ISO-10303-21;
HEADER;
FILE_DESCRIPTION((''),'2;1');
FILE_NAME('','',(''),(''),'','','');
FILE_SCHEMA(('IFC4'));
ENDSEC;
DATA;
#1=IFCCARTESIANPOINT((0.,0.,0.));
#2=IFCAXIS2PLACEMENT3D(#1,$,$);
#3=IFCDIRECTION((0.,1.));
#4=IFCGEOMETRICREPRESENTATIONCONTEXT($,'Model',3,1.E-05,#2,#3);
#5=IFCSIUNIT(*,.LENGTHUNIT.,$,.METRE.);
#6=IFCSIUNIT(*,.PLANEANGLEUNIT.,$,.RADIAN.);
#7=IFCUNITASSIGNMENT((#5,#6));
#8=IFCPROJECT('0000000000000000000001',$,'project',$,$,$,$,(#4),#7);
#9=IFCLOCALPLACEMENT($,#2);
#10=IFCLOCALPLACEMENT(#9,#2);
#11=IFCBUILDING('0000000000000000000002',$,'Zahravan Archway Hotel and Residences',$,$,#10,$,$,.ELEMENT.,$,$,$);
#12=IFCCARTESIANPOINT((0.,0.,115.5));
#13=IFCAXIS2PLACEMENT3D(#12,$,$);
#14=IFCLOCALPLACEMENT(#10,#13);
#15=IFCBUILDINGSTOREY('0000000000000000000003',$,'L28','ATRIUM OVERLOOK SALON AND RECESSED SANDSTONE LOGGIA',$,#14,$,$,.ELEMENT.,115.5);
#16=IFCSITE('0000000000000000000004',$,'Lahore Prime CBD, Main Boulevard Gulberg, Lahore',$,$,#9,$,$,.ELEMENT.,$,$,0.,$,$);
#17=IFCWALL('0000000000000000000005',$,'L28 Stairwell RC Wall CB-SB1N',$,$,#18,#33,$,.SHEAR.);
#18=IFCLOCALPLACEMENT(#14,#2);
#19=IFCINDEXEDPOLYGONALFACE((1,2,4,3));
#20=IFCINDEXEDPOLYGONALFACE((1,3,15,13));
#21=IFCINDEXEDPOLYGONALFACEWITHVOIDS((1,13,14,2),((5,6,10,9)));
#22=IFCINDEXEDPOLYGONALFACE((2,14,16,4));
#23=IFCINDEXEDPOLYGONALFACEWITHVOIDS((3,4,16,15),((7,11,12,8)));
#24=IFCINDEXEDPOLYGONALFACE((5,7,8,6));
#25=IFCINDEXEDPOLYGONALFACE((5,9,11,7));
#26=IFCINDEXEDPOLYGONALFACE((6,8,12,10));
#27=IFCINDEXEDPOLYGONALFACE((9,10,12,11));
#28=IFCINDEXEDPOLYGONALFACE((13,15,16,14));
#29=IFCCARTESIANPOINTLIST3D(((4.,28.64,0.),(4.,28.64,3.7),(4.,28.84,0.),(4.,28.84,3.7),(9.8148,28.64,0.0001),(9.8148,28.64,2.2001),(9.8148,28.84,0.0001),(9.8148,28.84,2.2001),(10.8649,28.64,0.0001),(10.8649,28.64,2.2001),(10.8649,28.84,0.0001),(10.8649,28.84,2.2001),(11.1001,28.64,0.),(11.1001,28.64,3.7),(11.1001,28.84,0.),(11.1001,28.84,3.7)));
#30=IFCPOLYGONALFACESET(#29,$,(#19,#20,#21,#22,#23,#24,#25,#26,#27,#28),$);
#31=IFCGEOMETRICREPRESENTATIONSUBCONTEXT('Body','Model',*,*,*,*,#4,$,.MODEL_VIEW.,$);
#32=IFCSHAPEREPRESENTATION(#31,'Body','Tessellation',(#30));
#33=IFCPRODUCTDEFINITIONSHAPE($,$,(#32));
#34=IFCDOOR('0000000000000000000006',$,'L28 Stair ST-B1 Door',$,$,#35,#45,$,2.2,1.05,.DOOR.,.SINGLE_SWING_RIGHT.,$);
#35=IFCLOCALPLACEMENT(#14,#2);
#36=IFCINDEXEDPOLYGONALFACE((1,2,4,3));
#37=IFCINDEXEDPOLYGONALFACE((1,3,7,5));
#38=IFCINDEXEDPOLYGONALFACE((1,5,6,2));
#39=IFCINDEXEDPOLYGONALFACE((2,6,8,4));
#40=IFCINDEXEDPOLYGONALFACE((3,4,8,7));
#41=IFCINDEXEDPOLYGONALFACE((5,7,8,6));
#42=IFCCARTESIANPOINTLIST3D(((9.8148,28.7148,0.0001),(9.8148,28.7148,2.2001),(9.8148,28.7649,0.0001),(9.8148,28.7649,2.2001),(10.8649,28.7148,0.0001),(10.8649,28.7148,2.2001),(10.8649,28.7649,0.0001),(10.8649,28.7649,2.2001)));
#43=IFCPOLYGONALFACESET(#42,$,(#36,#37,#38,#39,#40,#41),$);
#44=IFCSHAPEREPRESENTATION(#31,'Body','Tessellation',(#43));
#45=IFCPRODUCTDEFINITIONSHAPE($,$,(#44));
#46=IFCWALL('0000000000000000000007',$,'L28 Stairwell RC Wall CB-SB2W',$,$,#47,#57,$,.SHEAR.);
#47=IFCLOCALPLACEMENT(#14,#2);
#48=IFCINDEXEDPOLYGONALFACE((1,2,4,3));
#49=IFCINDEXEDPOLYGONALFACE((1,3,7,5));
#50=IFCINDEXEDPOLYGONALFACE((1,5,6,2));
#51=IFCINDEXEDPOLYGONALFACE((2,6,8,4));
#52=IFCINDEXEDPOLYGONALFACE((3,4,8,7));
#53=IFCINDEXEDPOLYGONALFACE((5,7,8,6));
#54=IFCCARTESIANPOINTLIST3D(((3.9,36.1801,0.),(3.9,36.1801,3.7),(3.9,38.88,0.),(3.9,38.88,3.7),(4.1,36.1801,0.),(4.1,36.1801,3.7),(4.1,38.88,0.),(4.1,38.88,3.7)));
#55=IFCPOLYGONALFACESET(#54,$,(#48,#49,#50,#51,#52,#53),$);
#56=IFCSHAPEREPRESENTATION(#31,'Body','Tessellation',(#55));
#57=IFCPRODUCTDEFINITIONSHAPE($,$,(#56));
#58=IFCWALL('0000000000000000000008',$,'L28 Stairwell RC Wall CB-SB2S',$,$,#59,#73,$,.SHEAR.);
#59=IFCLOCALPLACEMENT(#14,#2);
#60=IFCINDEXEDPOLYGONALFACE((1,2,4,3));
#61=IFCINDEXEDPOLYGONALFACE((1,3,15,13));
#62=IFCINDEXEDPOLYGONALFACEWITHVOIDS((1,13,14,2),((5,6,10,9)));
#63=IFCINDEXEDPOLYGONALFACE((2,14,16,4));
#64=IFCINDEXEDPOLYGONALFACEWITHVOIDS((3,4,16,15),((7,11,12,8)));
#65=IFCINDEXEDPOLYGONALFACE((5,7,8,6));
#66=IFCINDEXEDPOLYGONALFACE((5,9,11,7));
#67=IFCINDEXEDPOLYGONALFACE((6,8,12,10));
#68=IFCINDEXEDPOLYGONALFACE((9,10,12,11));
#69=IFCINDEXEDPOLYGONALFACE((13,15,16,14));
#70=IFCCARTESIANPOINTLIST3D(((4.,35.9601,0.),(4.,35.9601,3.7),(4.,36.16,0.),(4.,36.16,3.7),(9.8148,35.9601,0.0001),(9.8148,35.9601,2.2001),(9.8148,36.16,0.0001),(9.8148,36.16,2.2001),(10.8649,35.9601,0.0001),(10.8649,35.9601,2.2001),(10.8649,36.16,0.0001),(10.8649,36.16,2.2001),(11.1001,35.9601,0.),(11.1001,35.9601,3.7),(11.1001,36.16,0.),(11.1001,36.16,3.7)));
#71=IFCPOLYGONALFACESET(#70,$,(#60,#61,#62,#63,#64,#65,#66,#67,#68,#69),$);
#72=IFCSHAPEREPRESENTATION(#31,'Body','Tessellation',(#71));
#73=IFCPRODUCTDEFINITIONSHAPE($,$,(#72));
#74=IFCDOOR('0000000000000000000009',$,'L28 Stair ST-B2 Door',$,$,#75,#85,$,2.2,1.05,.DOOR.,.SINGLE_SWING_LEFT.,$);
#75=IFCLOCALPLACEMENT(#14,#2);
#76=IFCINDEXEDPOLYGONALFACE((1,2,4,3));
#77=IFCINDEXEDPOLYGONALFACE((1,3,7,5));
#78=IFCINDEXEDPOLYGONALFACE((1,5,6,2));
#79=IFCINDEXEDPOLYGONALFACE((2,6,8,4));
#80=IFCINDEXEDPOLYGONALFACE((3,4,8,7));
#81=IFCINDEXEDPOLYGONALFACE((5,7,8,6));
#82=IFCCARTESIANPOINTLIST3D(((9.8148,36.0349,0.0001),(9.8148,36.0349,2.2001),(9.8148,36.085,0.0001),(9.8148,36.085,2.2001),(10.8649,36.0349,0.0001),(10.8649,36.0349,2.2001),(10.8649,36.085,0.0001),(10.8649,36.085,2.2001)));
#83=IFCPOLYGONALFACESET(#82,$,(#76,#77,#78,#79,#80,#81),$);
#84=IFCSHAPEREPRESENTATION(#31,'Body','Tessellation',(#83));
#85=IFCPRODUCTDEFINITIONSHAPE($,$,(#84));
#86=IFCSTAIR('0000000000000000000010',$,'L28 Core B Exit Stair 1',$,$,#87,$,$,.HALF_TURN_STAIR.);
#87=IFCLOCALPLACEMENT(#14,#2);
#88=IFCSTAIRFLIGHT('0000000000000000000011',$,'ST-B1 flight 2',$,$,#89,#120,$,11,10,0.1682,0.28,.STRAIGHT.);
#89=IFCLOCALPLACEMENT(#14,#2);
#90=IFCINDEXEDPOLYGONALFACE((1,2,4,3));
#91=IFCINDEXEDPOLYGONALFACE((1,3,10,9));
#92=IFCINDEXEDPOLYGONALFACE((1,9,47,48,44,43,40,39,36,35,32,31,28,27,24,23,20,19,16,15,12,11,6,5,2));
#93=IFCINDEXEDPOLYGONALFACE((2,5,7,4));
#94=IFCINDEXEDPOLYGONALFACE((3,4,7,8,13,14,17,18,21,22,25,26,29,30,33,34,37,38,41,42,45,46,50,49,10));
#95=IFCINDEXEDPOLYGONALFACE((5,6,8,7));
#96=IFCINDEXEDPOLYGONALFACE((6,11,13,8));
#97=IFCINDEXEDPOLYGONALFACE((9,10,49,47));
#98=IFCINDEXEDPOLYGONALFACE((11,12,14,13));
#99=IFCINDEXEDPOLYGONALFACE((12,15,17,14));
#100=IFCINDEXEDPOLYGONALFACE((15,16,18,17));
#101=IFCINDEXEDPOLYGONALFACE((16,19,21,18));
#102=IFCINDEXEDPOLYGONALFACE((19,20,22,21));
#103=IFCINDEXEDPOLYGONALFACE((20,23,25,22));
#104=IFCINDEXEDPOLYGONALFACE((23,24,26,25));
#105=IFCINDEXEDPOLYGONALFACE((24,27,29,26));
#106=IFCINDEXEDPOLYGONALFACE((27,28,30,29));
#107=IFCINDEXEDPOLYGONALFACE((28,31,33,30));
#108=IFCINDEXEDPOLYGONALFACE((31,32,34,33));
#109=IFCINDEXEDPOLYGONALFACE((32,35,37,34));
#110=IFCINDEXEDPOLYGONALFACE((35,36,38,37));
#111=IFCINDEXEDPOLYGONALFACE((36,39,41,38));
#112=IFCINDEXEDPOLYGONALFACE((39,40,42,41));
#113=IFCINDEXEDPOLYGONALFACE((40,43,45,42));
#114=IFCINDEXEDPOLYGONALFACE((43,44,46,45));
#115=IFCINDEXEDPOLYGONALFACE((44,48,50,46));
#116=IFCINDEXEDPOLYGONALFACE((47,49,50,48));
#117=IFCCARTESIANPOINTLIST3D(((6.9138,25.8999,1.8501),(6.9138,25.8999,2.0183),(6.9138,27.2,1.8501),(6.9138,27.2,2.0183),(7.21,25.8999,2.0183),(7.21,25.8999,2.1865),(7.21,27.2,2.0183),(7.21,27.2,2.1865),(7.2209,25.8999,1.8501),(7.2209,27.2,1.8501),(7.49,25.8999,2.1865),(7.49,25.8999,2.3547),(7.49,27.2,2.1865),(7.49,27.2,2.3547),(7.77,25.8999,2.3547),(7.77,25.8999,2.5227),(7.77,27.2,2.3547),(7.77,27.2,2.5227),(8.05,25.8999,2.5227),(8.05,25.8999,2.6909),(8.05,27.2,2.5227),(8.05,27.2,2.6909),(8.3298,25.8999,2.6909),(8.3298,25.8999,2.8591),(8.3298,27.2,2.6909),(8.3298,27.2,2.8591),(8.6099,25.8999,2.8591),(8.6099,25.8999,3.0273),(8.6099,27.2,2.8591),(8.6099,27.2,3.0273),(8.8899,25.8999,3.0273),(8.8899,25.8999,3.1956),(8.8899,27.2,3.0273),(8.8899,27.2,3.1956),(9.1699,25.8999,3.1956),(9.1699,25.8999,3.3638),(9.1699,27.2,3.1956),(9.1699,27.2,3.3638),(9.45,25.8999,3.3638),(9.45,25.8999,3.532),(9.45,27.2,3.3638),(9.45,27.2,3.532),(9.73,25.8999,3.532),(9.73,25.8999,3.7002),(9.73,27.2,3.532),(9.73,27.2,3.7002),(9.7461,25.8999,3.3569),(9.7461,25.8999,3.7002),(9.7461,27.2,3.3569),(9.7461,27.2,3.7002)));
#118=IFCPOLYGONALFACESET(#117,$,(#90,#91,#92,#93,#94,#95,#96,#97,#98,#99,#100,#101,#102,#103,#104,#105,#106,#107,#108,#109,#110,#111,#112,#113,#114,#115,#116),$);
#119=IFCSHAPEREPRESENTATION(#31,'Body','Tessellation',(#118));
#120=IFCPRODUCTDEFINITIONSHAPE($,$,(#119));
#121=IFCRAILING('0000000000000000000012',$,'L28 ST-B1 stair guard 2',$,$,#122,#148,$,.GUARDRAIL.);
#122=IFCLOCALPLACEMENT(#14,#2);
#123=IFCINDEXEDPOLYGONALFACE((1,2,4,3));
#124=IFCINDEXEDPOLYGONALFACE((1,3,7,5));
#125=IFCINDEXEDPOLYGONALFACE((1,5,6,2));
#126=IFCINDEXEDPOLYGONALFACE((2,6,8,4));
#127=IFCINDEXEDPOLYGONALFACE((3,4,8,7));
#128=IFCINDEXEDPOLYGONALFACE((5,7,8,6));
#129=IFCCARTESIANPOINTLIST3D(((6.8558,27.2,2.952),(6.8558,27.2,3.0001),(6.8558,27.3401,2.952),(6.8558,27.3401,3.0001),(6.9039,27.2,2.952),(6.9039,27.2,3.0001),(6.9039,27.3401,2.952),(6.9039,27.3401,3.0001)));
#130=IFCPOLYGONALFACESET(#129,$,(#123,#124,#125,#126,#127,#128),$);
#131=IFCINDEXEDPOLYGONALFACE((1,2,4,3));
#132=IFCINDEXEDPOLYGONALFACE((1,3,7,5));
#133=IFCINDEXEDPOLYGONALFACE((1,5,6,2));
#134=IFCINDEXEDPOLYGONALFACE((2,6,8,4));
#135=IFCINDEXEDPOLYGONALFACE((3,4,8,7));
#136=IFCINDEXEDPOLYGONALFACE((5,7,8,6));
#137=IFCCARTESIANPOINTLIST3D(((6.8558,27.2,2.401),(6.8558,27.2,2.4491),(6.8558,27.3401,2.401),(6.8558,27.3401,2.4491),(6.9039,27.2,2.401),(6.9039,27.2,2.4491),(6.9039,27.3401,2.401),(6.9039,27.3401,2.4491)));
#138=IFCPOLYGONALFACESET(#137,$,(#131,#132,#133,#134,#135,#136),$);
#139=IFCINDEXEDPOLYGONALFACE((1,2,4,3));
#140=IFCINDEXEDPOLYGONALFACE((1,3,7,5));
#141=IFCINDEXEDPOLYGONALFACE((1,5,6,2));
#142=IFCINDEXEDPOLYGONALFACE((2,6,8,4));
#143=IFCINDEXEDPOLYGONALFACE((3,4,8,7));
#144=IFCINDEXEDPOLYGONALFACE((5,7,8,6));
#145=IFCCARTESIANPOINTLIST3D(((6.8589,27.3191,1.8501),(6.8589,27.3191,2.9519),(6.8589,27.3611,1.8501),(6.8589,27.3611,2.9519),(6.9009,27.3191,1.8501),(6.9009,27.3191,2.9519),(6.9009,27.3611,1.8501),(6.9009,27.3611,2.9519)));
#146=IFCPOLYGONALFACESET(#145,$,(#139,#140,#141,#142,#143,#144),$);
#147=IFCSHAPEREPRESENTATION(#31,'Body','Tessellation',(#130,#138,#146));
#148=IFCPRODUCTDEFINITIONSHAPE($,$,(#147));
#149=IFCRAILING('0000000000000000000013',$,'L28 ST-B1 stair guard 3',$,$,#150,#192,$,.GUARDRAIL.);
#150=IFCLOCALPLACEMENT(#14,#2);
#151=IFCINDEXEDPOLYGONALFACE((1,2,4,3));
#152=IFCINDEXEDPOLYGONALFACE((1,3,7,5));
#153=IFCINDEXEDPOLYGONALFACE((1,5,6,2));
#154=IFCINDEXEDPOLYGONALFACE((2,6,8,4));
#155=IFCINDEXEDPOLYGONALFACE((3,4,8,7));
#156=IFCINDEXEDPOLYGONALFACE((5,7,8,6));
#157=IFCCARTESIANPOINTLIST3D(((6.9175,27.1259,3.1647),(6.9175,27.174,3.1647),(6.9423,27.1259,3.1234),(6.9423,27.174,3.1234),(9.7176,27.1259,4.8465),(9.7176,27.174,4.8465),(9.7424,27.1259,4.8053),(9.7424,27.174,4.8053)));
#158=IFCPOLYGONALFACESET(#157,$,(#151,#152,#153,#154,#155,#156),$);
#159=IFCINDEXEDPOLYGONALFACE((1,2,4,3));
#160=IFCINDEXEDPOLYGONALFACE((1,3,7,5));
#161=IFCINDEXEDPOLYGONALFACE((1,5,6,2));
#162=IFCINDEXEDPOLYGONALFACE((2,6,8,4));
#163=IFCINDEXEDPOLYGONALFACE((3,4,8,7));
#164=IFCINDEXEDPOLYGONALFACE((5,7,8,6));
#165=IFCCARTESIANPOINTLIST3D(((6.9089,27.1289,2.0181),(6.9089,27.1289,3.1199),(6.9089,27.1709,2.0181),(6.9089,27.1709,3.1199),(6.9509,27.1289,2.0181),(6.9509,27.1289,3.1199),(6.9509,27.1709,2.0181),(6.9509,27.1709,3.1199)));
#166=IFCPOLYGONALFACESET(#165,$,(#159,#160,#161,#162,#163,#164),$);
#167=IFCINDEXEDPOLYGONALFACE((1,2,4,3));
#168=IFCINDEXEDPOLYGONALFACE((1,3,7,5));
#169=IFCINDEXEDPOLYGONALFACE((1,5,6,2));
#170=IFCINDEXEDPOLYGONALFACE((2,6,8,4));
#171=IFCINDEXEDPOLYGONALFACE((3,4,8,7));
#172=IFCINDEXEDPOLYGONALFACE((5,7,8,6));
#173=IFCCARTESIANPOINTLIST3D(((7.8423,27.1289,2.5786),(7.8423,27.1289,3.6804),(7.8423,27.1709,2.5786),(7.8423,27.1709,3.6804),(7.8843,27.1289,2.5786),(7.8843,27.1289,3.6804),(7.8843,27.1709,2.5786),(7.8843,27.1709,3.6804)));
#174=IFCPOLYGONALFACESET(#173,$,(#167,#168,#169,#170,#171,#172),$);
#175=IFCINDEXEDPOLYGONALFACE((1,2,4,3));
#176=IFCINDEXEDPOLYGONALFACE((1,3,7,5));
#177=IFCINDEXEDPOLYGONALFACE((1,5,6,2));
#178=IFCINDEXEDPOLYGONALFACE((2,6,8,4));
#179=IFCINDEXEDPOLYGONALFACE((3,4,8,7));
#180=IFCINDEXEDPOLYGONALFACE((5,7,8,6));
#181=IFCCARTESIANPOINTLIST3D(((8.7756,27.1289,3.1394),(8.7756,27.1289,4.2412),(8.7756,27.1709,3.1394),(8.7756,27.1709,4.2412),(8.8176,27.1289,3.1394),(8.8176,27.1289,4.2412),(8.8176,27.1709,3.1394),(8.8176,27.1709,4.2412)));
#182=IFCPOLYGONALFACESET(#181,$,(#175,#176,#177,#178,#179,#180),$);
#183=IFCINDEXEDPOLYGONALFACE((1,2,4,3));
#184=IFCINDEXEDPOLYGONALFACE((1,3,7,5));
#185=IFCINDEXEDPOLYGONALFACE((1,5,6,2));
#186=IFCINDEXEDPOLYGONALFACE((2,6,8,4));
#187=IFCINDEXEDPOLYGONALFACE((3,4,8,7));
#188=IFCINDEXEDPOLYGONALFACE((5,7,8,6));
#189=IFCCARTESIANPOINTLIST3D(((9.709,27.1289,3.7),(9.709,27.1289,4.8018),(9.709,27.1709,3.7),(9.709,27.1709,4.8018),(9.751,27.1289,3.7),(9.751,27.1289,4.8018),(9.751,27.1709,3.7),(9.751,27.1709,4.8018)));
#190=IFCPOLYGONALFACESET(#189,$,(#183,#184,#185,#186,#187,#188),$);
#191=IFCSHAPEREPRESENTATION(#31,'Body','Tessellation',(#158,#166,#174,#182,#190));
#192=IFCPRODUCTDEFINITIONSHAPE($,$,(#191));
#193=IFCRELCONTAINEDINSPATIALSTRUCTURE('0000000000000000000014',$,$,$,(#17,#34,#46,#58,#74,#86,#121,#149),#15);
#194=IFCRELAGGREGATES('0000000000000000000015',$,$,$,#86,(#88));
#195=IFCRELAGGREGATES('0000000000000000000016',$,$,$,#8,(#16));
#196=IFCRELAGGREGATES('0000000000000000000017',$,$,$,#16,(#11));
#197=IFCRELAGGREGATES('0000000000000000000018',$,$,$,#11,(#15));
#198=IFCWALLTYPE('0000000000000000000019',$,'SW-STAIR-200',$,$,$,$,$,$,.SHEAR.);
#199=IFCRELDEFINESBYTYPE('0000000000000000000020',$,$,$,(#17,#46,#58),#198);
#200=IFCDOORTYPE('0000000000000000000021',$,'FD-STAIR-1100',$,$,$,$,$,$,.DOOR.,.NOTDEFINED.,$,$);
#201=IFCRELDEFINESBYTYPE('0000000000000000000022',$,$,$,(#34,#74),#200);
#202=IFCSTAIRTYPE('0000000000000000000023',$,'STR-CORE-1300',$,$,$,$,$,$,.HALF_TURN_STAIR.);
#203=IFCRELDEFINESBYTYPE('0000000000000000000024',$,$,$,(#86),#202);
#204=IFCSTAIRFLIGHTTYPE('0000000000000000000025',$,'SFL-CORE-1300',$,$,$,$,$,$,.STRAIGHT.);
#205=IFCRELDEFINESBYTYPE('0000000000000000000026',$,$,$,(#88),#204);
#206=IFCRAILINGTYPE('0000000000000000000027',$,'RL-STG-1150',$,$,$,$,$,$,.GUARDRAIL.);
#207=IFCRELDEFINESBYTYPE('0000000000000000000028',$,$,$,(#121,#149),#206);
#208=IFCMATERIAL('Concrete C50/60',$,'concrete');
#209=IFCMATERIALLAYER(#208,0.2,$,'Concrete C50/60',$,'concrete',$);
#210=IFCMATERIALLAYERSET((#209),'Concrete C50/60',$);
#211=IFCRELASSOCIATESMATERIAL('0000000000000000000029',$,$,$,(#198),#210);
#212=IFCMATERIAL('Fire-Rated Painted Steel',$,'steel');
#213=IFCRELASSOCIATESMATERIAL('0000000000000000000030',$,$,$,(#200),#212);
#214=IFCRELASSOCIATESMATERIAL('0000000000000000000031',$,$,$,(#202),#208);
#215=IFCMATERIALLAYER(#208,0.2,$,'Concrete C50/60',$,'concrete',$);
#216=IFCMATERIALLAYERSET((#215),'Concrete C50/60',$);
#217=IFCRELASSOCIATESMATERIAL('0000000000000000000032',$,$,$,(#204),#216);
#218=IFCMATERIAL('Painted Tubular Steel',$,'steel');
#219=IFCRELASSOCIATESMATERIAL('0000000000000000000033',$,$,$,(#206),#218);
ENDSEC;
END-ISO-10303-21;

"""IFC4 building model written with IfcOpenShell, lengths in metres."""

from ifc_helpers import new_model, si_unit, direction, frame, frame_2d, origin, origin_2d, place, context, subcontext, project, spatial, polyline, rectangle, outline, extrude, source, transform, mapped, material, layer, layer_set, type_object, type_shapes, element, fill, aggregate, save


model = new_model("IFC4")

# Units and contexts
model_context = context("Model", 3, precision=1e-05, world=origin(), true_north=direction((0.0, 1.0)))
body_context = subcontext(model_context, "Body", "Model", "MODEL_VIEW")
ifc_project = project(units=[si_unit("LENGTHUNIT", "METRE"), si_unit("PLANEANGLEUNIT", "RADIAN")], contexts=[model_context])

# Site, building, storey
site_placement = place(None, origin())
site = spatial("IfcSite", under=ifc_project, at=site_placement, Name="Lahore Prime CBD, Main Boulevard Gulberg, Lahore", CompositionType="ELEMENT", RefElevation=0.0)
building_placement = place(site_placement, origin())
building = spatial("IfcBuilding", under=site, at=building_placement, Name="Zahravan Archway Hotel and Residences", CompositionType="ELEMENT")
storey_placement = place(building_placement, frame((0.0, 0.0, 115.5)))
storey = spatial("IfcBuildingStorey", under=building, at=storey_placement, Name="L28", Description="ATRIUM OVERLOOK SALON AND RECESSED SANDSTONE LOGGIA", CompositionType="ELEMENT", Elevation=115.5)

# Shared definitions
ifc_material_1 = material(Name="Fire-Rated Painted Steel", Category="steel")

# Shared definitions
ifc_material_2 = material(Name="Concrete C50/60", Category="concrete")
ifc_layer_1 = layer(ifc_material_2, 0.2, Name="Concrete C50/60", Category="concrete")
ifc_layer_set_1 = layer_set([ifc_layer_1], Name="Concrete C50/60")
wall_type_1 = type_object("IfcWallType", Name="SW-STAIR-200", PredefinedType="SHEAR", material=ifc_layer_set_1)

# Wall, opening, door
wall_1_placement = place(storey_placement, frame((4.0, 28.74, 0.0), z_axis=(0.0, 0.0, 1.0), x_axis=(1.0, 0.0, 0.0)))
wall_1 = element("IfcWall", 1, at=wall_1_placement, inside=storey, type_object=wall_type_1, Name="L28 Stairwell RC Wall CB-SB1N", PredefinedType="SHEAR", context=body_context, shape_type="SweptSolid", body=[
    extrude(rectangle(XDim=7.1001, YDim=0.2, at=frame_2d((3.55, 0.0))), origin(), (0.0, 0.0, 1.0), 3.7),
])
opening_1_placement = place(wall_1_placement, frame((5.8149, 0.0, 0.0)))
opening_1 = element("IfcOpeningElement", 2, at=opening_1_placement, cuts=wall_1, PredefinedType="OPENING", context=body_context, shape_type="SweptSolid", body=[
    extrude(rectangle(XDim=1.05, YDim=2.2, at=frame_2d((0.5249, 1.1001))), frame((0.0, 0.1099, 0.0), z_axis=(0.0, -1.0, 0.0), x_axis=(1.0, 0.0, 0.0)), (0.0, 0.0, 1.0), 0.22),
])
door_type_1 = type_object("IfcDoorType", Name="FD-STAIR-1100", OperationType="NOTDEFINED", PredefinedType="DOOR", material=ifc_material_1)
shared_shape_1 = source(origin(), body_context, "Body", "SweptSolid", [
    extrude(rectangle(XDim=1.05, YDim=2.2, at=frame_2d((0.5249, 1.1001))), frame((0.0, 0.0249, 0.0), z_axis=(0.0, -1.0, 0.0), x_axis=(1.0, 0.0, 0.0)), (0.0, 0.0, 1.0), 0.05),
])
type_shapes(door_type_1, [shared_shape_1])
door_1_placement = place(opening_1_placement, origin())
door_1 = element("IfcDoor", 3, at=door_1_placement, inside=storey, type_object=door_type_1, Name="L28 Stair ST-B1 Door", OperationType="SINGLE_SWING_RIGHT", OverallHeight=2.2, OverallWidth=1.05, PredefinedType="DOOR", context=body_context, shape_type="MappedRepresentation", body=[
    mapped(shared_shape_1, transform((0.0, 0.0, 0.0), scale=1.0)),
])
fill(opening_1, door_1)

# Wall
wall_2_placement = place(storey_placement, frame((4.0, 36.1799, 0.0), z_axis=(0.0, 0.0, 1.0), x_axis=(0.0, 1.0, 0.0)))
element("IfcWall", 4, at=wall_2_placement, inside=storey, type_object=wall_type_1, Name="L28 Stairwell RC Wall CB-SB2W", PredefinedType="SHEAR", context=body_context, shape_type="SweptSolid", body=[
    extrude(rectangle(XDim=2.7, YDim=0.2, at=frame_2d((1.3501, 0.0))), origin(), (0.0, 0.0, 1.0), 3.7),
])

# Wall, opening, door
wall_3_placement = place(storey_placement, frame((4.0, 36.0601, 0.0), z_axis=(0.0, 0.0, 1.0), x_axis=(1.0, 0.0, 0.0)))
wall_3 = element("IfcWall", 5, at=wall_3_placement, inside=storey, type_object=wall_type_1, Name="L28 Stairwell RC Wall CB-SB2S", PredefinedType="SHEAR", context=body_context, shape_type="SweptSolid", body=[
    extrude(rectangle(XDim=7.1001, YDim=0.2, at=frame_2d((3.55, 0.0))), origin(), (0.0, 0.0, 1.0), 3.7),
])
opening_2_placement = place(wall_3_placement, frame((5.8149, 0.0, 0.0)))
opening_2 = element("IfcOpeningElement", 6, at=opening_2_placement, cuts=wall_3, PredefinedType="OPENING", context=body_context, shape_type="SweptSolid", body=[
    extrude(rectangle(XDim=1.05, YDim=2.2, at=frame_2d((0.5249, 1.1001))), frame((0.0, 0.1099, 0.0), z_axis=(0.0, -1.0, 0.0), x_axis=(1.0, 0.0, 0.0)), (0.0, 0.0, 1.0), 0.22),
])
door_2_placement = place(opening_2_placement, origin())
door_2 = element("IfcDoor", 7, at=door_2_placement, inside=storey, type_object=door_type_1, Name="L28 Stair ST-B2 Door", OperationType="SINGLE_SWING_LEFT", OverallHeight=2.2, OverallWidth=1.05, PredefinedType="DOOR", context=body_context, shape_type="MappedRepresentation", body=[
    mapped(shared_shape_1, transform((0.0, 0.0, 0.0), scale=1.0)),
])
fill(opening_2, door_2)

# Stair, stair flight
stair_type = type_object("IfcStairType", Name="STR-CORE-1300", PredefinedType="HALF_TURN_STAIR", material=ifc_material_2)
stair_placement = place(storey_placement, origin())
stair = element("IfcStair", 8, at=stair_placement, inside=storey, type_object=stair_type, Name="L28 Core B Exit Stair 1", PredefinedType="HALF_TURN_STAIR")
ifc_layer_2 = layer(ifc_material_2, 0.2, Name="Concrete C50/60", Category="concrete")
ifc_layer_set_2 = layer_set([ifc_layer_2], Name="Concrete C50/60")
stair_flight_type = type_object("IfcStairFlightType", Name="SFL-CORE-1300", PredefinedType="STRAIGHT", material=ifc_layer_set_2)
shared_shape_2 = source(origin(), body_context, "Body", "SweptSolid", [
    extrude(outline(polyline([(-0.0161, 0.0), (-0.0161, 0.1682), (0.28, 0.1682), (0.28, 0.3364), (0.5601, 0.3364), (0.5601, 0.5046), (0.8401, 0.5046), (0.8401, 0.6726), (1.1201, 0.6726), (1.1201, 0.8408), (1.3999, 0.8408), (1.3999, 1.009), (1.6799, 1.009), (1.6799, 1.1772), (1.96, 1.1772), (1.96, 1.3455), (2.24, 1.3455), (2.24, 1.5137), (2.52, 1.5137), (2.52, 1.6819), (2.8, 1.6819), (2.8, 1.8501), (2.8162, 1.8501), (2.8162, 1.5068), (0.291, 0.0), (-0.0161, 0.0)])), frame((0.0, 0.6499, 0.0), z_axis=(0.0, -1.0, 0.0), x_axis=(1.0, 0.0, 0.0)), (0.0, 0.0, 1.0), 1.3),
])
stair_flight_placement = place(storey_placement, frame((6.9299, 26.55, 1.8501), z_axis=(0.0, 0.0, 1.0), x_axis=(1.0, 0.0, 0.0)))
stair_flight = element("IfcStairFlight", 9, at=stair_flight_placement, type_object=stair_flight_type, Name="ST-B1 flight 2", NumberOfRisers=11, NumberOfTreads=10, PredefinedType="STRAIGHT", RiserHeight=0.1682, TreadLength=0.28, context=body_context, shape_type="MappedRepresentation", body=[
    mapped(shared_shape_2, transform((0.0, 0.0, 0.0), scale=1.0)),
])
aggregate(stair, [stair_flight])

# Railings
ifc_material_3 = material(Name="Painted Tubular Steel", Category="steel")
railing_type_1 = type_object("IfcRailingType", Name="RL-STG-1150", PredefinedType="GUARDRAIL", material=ifc_material_3)
railing_1_placement = place(storey_placement, frame((6.8799, 27.3401, 1.8501)))
element("IfcRailing", 10, at=railing_1_placement, inside=storey, type_object=railing_type_1, Name="L28 ST-B1 stair guard 2", PredefinedType="GUARDRAIL", context=body_context, shape_type="SweptSolid", body=[
    extrude(rectangle(XDim=0.0481, YDim=0.0481, at=origin_2d()), frame((0.0, 0.0, 1.126), z_axis=(0.0, -1.0, 0.0), x_axis=(1.0, 0.0, 0.0)), (0.0, 0.0, 1.0), 0.1401),
    extrude(rectangle(XDim=0.0481, YDim=0.0481, at=origin_2d()), frame((0.0, 0.0, 0.575), z_axis=(0.0, -1.0, 0.0), x_axis=(1.0, 0.0, 0.0)), (0.0, 0.0, 1.0), 0.1401),
    extrude(rectangle(XDim=0.042, YDim=0.042, at=origin_2d()), origin(), (0.0, 0.0, 1.0), 1.1018),
])
railing_2_placement = place(storey_placement, frame((6.9299, 27.1499, 2.0181)))
element("IfcRailing", 11, at=railing_2_placement, inside=storey, type_object=railing_type_1, Name="L28 ST-B1 stair guard 3", PredefinedType="GUARDRAIL", context=body_context, shape_type="SweptSolid", body=[
    extrude(rectangle(XDim=0.0481, YDim=0.0481, at=origin_2d()), frame((0.0, 0.0, 1.126), z_axis=(0.857242, 0.0, 0.514913), x_axis=(0.0, 1.0, 0.0)), (0.0, 0.0, 1.0), 3.2664),
    extrude(rectangle(XDim=0.042, YDim=0.042, at=origin_2d()), origin(), (0.0, 0.0, 1.0), 1.1018),
    extrude(rectangle(XDim=0.042, YDim=0.042, at=origin_2d()), frame((0.9333, 0.0, 0.5605)), (0.0, 0.0, 1.0), 1.1018),
    extrude(rectangle(XDim=0.042, YDim=0.042, at=origin_2d()), frame((1.8667, 0.0, 1.1213)), (0.0, 0.0, 1.0), 1.1018),
    extrude(rectangle(XDim=0.042, YDim=0.042, at=origin_2d()), frame((2.8, 0.0, 1.6819)), (0.0, 0.0, 1.0), 1.1018),
])

save(model, "model.ifc")
